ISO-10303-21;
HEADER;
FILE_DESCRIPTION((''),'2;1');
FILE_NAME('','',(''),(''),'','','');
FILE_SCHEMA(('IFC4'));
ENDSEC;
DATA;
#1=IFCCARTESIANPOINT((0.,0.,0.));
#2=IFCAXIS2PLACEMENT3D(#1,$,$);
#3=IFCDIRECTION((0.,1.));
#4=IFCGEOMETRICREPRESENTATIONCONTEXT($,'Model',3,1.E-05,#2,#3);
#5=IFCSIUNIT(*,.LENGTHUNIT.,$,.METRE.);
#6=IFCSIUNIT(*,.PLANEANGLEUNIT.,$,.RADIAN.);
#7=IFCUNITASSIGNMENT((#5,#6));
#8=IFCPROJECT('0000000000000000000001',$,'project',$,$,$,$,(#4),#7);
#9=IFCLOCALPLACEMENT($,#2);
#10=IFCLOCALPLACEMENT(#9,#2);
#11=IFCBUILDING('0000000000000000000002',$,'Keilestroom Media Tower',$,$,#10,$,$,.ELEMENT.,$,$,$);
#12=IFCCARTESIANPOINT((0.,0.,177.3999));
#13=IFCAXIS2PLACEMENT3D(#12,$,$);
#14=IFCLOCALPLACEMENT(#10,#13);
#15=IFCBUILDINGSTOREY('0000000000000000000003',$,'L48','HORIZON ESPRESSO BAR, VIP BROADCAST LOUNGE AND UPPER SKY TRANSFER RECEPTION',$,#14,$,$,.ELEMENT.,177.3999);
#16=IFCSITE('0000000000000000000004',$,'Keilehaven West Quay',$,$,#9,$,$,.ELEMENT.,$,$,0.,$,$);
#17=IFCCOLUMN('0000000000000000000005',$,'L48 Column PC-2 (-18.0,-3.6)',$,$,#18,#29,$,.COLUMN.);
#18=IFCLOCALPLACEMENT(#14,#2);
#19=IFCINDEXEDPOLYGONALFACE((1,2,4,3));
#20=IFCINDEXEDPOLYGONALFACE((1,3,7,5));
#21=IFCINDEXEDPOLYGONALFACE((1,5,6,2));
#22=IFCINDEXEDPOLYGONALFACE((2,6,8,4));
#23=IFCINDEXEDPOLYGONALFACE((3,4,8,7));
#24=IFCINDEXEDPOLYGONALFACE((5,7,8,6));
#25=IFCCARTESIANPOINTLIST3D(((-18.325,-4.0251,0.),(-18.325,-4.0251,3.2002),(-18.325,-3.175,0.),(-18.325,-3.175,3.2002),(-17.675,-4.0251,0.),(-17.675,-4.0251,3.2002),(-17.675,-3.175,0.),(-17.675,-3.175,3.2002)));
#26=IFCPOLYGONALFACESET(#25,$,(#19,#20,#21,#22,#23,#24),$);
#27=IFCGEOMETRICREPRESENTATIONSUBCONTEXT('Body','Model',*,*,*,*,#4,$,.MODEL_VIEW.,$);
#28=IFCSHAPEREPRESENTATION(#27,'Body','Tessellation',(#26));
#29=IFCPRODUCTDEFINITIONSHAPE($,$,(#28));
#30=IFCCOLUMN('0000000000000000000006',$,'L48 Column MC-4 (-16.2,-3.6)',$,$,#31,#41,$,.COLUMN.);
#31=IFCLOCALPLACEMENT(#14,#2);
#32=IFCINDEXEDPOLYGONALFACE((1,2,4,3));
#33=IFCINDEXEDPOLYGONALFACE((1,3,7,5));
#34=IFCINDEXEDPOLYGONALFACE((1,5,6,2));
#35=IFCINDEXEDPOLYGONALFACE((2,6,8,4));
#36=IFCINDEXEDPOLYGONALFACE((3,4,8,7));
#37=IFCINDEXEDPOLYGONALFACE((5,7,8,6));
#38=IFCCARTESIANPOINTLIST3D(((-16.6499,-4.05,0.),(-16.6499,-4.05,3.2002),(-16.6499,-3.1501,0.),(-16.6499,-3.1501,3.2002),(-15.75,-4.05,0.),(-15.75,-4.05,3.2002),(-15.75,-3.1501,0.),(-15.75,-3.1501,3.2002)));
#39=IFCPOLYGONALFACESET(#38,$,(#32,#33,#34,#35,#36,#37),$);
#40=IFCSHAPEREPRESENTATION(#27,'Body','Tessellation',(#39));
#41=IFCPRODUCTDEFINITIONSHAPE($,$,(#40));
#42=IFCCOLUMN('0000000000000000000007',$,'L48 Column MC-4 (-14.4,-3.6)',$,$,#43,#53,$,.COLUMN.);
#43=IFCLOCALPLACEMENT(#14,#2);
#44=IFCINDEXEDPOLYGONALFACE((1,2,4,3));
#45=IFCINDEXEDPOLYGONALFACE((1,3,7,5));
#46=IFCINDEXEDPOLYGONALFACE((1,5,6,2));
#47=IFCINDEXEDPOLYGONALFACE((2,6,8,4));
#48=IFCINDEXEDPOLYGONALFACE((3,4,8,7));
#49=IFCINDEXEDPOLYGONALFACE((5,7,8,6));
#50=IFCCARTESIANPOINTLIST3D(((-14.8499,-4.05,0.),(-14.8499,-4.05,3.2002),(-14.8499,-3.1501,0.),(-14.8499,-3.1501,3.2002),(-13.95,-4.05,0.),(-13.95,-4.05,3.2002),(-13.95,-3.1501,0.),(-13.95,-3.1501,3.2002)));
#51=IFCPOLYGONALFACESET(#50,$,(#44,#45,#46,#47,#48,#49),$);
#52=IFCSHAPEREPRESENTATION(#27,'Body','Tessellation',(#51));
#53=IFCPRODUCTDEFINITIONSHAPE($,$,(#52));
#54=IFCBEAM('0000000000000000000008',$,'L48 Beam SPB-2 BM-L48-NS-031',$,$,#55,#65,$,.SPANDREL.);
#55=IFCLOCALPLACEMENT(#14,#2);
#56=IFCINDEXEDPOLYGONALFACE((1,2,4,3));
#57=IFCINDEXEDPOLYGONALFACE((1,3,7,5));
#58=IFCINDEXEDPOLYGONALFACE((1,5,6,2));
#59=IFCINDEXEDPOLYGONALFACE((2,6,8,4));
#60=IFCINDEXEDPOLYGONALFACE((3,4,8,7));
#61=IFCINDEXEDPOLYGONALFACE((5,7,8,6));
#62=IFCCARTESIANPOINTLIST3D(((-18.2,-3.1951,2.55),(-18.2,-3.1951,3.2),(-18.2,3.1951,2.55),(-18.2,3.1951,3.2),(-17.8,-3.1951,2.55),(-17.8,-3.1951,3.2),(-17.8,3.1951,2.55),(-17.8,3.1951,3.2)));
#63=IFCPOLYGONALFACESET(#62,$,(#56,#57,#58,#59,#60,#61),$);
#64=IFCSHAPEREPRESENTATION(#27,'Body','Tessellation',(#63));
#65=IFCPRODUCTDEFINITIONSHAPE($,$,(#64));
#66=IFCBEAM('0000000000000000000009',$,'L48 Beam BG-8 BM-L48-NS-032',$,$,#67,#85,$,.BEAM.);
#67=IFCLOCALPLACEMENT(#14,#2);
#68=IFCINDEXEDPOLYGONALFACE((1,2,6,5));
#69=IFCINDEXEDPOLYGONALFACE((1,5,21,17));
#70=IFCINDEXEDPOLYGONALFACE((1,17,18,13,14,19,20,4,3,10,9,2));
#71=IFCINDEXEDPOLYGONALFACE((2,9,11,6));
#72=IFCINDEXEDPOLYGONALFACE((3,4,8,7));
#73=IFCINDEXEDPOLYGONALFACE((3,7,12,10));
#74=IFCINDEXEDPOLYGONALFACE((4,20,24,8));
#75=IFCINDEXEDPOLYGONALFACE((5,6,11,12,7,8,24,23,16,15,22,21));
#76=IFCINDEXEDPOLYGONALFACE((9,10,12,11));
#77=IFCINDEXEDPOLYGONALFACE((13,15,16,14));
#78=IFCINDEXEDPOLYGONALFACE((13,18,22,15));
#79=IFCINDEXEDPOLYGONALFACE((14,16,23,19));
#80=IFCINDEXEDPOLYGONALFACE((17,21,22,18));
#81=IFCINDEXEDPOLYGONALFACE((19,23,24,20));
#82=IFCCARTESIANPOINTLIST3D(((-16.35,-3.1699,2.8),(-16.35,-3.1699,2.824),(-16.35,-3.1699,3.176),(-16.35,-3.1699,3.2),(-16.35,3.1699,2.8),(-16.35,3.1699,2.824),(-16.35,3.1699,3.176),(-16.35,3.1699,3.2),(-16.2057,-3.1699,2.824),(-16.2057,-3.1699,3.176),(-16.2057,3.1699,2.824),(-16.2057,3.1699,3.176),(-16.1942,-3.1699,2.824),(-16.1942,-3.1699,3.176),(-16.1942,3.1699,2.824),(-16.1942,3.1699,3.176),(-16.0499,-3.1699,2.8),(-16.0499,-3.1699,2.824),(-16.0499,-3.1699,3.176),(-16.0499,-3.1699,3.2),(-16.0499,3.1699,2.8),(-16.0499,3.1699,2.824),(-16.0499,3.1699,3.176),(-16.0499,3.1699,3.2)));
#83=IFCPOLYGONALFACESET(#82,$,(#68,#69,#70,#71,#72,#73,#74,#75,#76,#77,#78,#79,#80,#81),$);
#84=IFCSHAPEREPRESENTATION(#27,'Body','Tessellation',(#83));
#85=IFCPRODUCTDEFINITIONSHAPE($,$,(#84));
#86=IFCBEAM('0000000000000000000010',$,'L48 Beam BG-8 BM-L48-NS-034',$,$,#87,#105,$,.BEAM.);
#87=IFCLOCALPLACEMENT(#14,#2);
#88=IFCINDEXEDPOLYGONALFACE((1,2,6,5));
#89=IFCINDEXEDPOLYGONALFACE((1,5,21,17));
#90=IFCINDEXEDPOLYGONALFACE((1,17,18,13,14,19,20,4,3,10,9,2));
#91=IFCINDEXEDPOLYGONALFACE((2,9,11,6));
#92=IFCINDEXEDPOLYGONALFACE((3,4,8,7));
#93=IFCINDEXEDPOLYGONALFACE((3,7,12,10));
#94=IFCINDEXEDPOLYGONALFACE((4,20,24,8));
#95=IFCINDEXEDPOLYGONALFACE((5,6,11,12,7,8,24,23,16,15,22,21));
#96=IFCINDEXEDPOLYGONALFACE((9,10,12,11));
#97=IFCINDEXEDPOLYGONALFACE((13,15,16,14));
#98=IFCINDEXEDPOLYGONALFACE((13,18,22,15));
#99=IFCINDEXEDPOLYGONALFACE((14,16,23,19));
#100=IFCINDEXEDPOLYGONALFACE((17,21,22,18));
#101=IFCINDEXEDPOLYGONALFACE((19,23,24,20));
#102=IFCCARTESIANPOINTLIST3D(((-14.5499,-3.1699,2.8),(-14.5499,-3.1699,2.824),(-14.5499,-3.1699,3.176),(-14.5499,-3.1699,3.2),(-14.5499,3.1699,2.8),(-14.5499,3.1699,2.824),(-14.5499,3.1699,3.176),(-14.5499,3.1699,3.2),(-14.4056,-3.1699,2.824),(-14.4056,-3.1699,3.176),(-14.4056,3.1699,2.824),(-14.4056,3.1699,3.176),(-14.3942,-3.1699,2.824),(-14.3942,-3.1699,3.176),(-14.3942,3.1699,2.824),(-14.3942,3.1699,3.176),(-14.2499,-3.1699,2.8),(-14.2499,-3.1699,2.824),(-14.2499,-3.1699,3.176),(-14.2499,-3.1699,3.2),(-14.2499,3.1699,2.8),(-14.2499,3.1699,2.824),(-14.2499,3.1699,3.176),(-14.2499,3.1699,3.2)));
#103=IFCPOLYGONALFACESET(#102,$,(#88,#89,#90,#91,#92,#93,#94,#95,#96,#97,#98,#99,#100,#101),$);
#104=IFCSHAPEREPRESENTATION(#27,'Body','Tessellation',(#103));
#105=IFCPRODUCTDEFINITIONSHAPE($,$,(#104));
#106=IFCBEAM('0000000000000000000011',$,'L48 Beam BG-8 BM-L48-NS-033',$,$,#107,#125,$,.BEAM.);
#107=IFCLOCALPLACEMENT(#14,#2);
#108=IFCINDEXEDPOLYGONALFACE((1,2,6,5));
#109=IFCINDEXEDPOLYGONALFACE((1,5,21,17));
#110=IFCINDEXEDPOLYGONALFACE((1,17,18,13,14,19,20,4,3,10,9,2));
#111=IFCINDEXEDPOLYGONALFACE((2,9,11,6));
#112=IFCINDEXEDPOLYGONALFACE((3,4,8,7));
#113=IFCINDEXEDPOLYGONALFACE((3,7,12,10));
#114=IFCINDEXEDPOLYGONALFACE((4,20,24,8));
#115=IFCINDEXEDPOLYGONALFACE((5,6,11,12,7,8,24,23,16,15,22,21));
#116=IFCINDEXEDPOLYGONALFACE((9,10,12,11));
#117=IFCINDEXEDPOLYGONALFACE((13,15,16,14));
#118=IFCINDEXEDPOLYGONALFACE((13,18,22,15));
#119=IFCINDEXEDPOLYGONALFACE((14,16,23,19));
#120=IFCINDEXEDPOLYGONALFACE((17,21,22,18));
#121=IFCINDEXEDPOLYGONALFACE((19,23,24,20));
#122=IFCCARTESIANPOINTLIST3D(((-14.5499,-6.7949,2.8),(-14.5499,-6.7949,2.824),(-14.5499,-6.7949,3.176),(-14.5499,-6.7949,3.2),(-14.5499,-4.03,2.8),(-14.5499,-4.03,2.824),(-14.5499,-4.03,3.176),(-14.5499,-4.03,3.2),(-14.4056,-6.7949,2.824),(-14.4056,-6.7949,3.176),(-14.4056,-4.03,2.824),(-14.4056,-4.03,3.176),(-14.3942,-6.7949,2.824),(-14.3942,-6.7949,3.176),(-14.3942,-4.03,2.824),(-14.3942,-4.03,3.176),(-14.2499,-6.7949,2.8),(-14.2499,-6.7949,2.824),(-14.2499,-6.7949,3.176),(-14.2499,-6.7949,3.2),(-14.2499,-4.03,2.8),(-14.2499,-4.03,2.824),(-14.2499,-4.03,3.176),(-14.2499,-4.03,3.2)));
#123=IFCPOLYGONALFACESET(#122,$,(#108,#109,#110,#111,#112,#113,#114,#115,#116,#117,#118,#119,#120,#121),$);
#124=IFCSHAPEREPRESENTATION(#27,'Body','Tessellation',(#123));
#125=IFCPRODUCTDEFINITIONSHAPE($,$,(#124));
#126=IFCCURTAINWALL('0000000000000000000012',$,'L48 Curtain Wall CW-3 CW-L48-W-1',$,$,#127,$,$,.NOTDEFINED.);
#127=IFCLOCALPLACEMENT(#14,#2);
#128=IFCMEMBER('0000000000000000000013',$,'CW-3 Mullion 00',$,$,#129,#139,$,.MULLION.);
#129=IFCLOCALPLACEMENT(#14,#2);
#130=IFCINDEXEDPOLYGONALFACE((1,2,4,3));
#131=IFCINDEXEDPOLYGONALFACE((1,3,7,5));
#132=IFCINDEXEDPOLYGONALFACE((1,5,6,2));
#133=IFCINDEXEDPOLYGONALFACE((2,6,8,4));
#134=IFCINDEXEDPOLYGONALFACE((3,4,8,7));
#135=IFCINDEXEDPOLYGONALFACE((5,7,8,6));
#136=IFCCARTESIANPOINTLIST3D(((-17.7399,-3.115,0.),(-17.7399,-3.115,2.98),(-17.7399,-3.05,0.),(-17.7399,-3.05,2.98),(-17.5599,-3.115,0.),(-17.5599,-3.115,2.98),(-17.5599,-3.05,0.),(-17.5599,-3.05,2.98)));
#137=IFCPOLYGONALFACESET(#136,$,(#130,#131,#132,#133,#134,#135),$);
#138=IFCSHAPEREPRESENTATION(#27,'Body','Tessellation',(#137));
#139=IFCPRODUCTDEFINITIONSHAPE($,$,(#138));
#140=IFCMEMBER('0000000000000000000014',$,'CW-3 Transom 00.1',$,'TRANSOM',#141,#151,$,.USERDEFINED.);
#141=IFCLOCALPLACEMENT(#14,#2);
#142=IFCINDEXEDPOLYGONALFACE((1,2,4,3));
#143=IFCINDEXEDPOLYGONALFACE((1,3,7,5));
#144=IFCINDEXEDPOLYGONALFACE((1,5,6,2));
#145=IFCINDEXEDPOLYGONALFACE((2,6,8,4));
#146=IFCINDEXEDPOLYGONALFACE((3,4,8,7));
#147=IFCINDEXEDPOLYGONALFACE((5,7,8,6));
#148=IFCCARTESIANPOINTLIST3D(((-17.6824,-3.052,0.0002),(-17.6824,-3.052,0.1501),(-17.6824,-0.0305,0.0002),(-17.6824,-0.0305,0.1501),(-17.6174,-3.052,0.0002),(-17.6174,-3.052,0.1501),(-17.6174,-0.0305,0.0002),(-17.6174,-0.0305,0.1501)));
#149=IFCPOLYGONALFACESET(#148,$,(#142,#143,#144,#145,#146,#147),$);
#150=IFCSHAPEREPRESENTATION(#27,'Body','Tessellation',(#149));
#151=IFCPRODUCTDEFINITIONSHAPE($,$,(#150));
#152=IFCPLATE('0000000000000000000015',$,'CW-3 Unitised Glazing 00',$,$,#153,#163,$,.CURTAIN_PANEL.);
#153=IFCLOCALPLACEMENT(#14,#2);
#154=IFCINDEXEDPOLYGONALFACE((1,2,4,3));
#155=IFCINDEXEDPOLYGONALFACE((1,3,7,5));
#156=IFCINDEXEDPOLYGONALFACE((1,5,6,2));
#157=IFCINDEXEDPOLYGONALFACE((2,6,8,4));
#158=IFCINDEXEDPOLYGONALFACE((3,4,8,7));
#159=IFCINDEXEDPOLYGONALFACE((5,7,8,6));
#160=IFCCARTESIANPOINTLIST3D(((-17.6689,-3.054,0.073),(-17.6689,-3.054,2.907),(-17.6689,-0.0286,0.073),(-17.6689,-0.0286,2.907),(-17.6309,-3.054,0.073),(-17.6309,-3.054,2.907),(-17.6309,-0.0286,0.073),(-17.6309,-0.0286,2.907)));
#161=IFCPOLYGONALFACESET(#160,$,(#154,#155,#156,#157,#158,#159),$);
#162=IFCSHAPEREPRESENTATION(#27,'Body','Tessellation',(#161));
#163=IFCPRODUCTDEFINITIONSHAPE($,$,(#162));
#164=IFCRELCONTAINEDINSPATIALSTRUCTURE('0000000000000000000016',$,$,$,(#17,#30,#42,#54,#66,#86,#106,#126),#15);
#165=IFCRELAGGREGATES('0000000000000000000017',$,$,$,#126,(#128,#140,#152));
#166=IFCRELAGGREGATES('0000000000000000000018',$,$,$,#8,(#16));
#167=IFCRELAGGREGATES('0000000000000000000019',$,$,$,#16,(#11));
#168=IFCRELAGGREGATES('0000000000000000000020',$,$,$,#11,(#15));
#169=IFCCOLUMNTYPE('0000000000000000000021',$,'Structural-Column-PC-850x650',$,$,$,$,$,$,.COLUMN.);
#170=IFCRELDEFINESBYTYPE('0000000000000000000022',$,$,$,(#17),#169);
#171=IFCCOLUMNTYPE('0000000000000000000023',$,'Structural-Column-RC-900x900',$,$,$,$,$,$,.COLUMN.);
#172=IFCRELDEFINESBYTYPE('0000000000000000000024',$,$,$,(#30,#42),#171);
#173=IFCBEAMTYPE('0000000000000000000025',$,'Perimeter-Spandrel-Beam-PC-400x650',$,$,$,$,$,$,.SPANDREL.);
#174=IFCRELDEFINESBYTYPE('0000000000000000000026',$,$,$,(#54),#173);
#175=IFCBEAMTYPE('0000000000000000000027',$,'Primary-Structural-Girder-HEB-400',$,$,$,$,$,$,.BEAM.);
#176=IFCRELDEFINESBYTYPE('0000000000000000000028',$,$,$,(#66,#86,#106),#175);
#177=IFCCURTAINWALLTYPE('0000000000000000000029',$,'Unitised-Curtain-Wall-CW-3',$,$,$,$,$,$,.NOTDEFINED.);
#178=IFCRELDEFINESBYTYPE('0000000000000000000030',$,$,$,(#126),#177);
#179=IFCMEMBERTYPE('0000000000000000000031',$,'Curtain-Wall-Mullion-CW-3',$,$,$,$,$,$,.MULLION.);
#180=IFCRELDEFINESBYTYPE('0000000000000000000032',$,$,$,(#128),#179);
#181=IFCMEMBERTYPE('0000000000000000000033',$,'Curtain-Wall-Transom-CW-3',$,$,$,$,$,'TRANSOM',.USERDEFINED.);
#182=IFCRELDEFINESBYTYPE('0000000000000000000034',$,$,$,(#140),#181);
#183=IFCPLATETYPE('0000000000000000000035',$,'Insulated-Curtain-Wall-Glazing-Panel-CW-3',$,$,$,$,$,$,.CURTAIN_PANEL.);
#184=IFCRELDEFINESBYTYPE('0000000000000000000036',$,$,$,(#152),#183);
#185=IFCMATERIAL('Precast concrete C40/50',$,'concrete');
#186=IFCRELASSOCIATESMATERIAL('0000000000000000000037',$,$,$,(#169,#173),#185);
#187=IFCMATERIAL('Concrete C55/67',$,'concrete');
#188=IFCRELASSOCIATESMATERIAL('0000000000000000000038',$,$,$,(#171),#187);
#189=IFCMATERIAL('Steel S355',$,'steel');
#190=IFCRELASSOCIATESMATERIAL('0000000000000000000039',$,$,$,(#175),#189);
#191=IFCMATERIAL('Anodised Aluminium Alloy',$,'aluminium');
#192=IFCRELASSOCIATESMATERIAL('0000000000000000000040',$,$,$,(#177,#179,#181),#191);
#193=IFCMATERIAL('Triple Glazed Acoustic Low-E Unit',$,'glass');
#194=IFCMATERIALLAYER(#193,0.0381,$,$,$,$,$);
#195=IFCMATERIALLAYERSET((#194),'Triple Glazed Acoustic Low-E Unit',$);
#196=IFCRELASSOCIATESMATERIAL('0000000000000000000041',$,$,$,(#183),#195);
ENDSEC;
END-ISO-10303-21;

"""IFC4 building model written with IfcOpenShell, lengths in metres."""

from ifc_helpers import new_model, si_unit, direction, frame, origin, origin_2d, place, context, subcontext, project, spatial, rectangle, i_section, extrude, source, transform, mapped, material, layer, layer_set, material_profile, profile_set, type_object, element, aggregate, save


model = new_model("IFC4")

# Units and contexts
model_context = context("Model", 3, precision=1e-05, world=origin(), true_north=direction((0.0, 1.0)))
body_context = subcontext(model_context, "Body", "Model", "MODEL_VIEW")
ifc_project = project(units=[si_unit("LENGTHUNIT", "METRE"), si_unit("PLANEANGLEUNIT", "RADIAN")], contexts=[model_context])

# Site, building, storey
site_placement = place(None, origin())
site = spatial("IfcSite", under=ifc_project, at=site_placement, Name="Keilehaven West Quay", CompositionType="ELEMENT", RefElevation=0.0)
building_placement = place(site_placement, origin())
building = spatial("IfcBuilding", under=site, at=building_placement, Name="Keilestroom Media Tower", CompositionType="ELEMENT")
storey_placement = place(building_placement, frame((0.0, 0.0, 177.3999)))
storey = spatial("IfcBuildingStorey", under=building, at=storey_placement, Name="L48", Description="HORIZON ESPRESSO BAR, VIP BROADCAST LOUNGE AND UPPER SKY TRANSFER RECEPTION", CompositionType="ELEMENT", Elevation=177.3999)

# Columns
ifc_material_1 = material(Name="Precast concrete C40/50", Category="concrete")
ifc_material_profile_1 = material_profile(ifc_material_1, rectangle(XDim=0.6499, YDim=0.8501, at=origin_2d()), Name="PC 850x650")
ifc_profile_set_1 = profile_set([ifc_material_profile_1], Name="Precast concrete C40/50")
column_type_1 = type_object("IfcColumnType", Name="Structural-Column-PC-850x650", PredefinedType="COLUMN", material=ifc_profile_set_1)
shared_shape_1 = source(origin(), body_context, "Body", "SweptSolid", [
    extrude(rectangle(XDim=0.6499, YDim=0.8501, at=origin_2d()), origin(), (0.0, 0.0, 1.0), 3.2002),
])
column_placement = place(storey_placement, frame((-18.0, -3.6001, 0.0), z_axis=(0.0, 0.0, 1.0), x_axis=(1.0, 0.0, 0.0)))
element("IfcColumn", 1, at=column_placement, inside=storey, type_object=column_type_1, Name="L48 Column PC-2 (-18.0,-3.6)", PredefinedType="COLUMN", context=body_context, shape_type="MappedRepresentation", body=[
    mapped(shared_shape_1, transform((0.0, 0.0, 0.0), x_axis=(1.0, 0.0, 0.0), y_axis=(0.0, 1.0, 0.0), z_axis=(0.0, 0.0, 1.0), scale=1.0)),
])
ifc_material_2 = material(Name="Concrete C55/67", Category="concrete")
ifc_material_profile_2 = material_profile(ifc_material_2, rectangle(XDim=0.8999, YDim=0.8999, at=origin_2d()), Name="RC 900x900")
ifc_profile_set_2 = profile_set([ifc_material_profile_2], Name="Concrete C55/67")
column_type_2 = type_object("IfcColumnType", Name="Structural-Column-RC-900x900", PredefinedType="COLUMN", material=ifc_profile_set_2)
shared_shape_2 = source(origin(), body_context, "Body", "SweptSolid", [
    extrude(rectangle(XDim=0.8999, YDim=0.8999, at=origin_2d()), origin(), (0.0, 0.0, 1.0), 3.2002),
])
for number, where, z_axis, x_axis, name in (
    (2, (-16.2, -3.6001, 0.0), (0.0, 0.0, 1.0), (1.0, 0.0, 0.0), "L48 Column MC-4 (-16.2,-3.6)"),
    (3, (-14.3999, -3.6001, 0.0), (0.0, 0.0, 1.0), (1.0, 0.0, 0.0), "L48 Column MC-4 (-14.4,-3.6)"),
):
    element("IfcColumn", number, at=place(storey_placement, frame(where, z_axis=z_axis, x_axis=x_axis)), inside=storey, type_object=column_type_2, Name=name, PredefinedType="COLUMN", context=body_context, shape_type="MappedRepresentation", body=[
        mapped(shared_shape_2, transform((0.0, 0.0, 0.0), x_axis=(1.0, 0.0, 0.0), y_axis=(0.0, 1.0, 0.0), z_axis=(0.0, 0.0, 1.0), scale=1.0)),
    ])

# Beams
ifc_material_profile_3 = material_profile(ifc_material_1, rectangle(XDim=0.3999, YDim=0.6499, at=origin_2d()), Name="PC 400x650")
ifc_profile_set_3 = profile_set([ifc_material_profile_3], Name="Precast concrete C40/50")
beam_type_1 = type_object("IfcBeamType", Name="Perimeter-Spandrel-Beam-PC-400x650", PredefinedType="SPANDREL", material=ifc_profile_set_3)
shared_shape_3 = source(origin(), body_context, "Body", "SweptSolid", [
    extrude(rectangle(XDim=0.3999, YDim=0.6499, at=origin_2d()), origin(), (0.0, 0.0, 1.0), 6.3901),
])
beam_1_placement = place(storey_placement, frame((-18.0, -3.1951, 2.875), z_axis=(0.0, 1.0, 0.0), x_axis=(-1.0, 0.0, 0.0)))
element("IfcBeam", 4, at=beam_1_placement, inside=storey, type_object=beam_type_1, Name="L48 Beam SPB-2 BM-L48-NS-031", PredefinedType="SPANDREL", context=body_context, shape_type="MappedRepresentation", body=[
    mapped(shared_shape_3, transform((0.0, 0.0, 0.0), x_axis=(1.0, 0.0, 0.0), y_axis=(0.0, 1.0, 0.0), z_axis=(0.0, 0.0, 1.0), scale=1.0)),
])
ifc_material_3 = material(Name="Steel S355", Category="steel")
ifc_material_profile_4 = material_profile(ifc_material_3, i_section(OverallWidth=0.3, OverallDepth=0.3999, WebThickness=0.0115, FlangeThickness=0.0239, at=origin_2d()), Name="HEB 400")
ifc_profile_set_4 = profile_set([ifc_material_profile_4], Name="Steel S355")
beam_type_2 = type_object("IfcBeamType", Name="Primary-Structural-Girder-HEB-400", PredefinedType="BEAM", material=ifc_profile_set_4)
shared_shape_4 = source(origin(), body_context, "Body", "SweptSolid", [
    extrude(i_section(OverallWidth=0.3, OverallDepth=0.3999, WebThickness=0.0115, FlangeThickness=0.0239, at=origin_2d()), origin(), (0.0, 0.0, 1.0), 6.3398),
])
for number, where, z_axis, x_axis, name in (
    (5, (-16.2, -3.1699, 3.0), (0.0, 1.0, 0.0), (-1.0, 0.0, 0.0), "L48 Beam BG-8 BM-L48-NS-032"),
    (6, (-14.3999, -3.1699, 3.0), (0.0, 1.0, 0.0), (-1.0, 0.0, 0.0), "L48 Beam BG-8 BM-L48-NS-034"),
):
    element("IfcBeam", number, at=place(storey_placement, frame(where, z_axis=z_axis, x_axis=x_axis)), inside=storey, type_object=beam_type_2, Name=name, PredefinedType="BEAM", context=body_context, shape_type="MappedRepresentation", body=[
        mapped(shared_shape_4, transform((0.0, 0.0, 0.0), x_axis=(1.0, 0.0, 0.0), y_axis=(0.0, 1.0, 0.0), z_axis=(0.0, 0.0, 1.0), scale=1.0)),
    ])
shared_shape_5 = source(origin(), body_context, "Body", "SweptSolid", [
    extrude(i_section(OverallWidth=0.3, OverallDepth=0.3999, WebThickness=0.0115, FlangeThickness=0.0239, at=origin_2d()), origin(), (0.0, 0.0, 1.0), 2.7649),
])
beam_2_placement = place(storey_placement, frame((-14.3999, -6.7949, 3.0), z_axis=(0.0, 1.0, 0.0), x_axis=(-1.0, 0.0, 0.0)))
element("IfcBeam", 7, at=beam_2_placement, inside=storey, type_object=beam_type_2, Name="L48 Beam BG-8 BM-L48-NS-033", PredefinedType="BEAM", context=body_context, shape_type="MappedRepresentation", body=[
    mapped(shared_shape_5, transform((0.0, 0.0, 0.0), x_axis=(1.0, 0.0, 0.0), y_axis=(0.0, 1.0, 0.0), z_axis=(0.0, 0.0, 1.0), scale=1.0)),
])

# Curtain wall, members, plate
ifc_material_4 = material(Name="Anodised Aluminium Alloy", Category="aluminium")
curtain_wall_type = type_object("IfcCurtainWallType", Name="Unitised-Curtain-Wall-CW-3", PredefinedType="NOTDEFINED", material=ifc_material_4)
curtain_wall_placement = place(storey_placement, origin())
curtain_wall = element("IfcCurtainWall", 8, at=curtain_wall_placement, inside=storey, type_object=curtain_wall_type, Name="L48 Curtain Wall CW-3 CW-L48-W-1", PredefinedType="NOTDEFINED")
ifc_material_profile_5 = material_profile(ifc_material_4, rectangle(XDim=0.0649, YDim=0.1799, at=origin_2d()), Name="ALU MULLION 65x180")
ifc_profile_set_5 = profile_set([ifc_material_profile_5], Name="Anodised Aluminium Alloy")
member_type_1 = type_object("IfcMemberType", Name="Curtain-Wall-Mullion-CW-3", PredefinedType="MULLION", material=ifc_profile_set_5)
shared_shape_6 = source(origin(), body_context, "Body", "SweptSolid", [
    extrude(rectangle(XDim=0.0649, YDim=0.1799, at=origin_2d()), origin(), (0.0, 0.0, 1.0), 2.98),
])
member_1_placement = place(storey_placement, frame((-17.6499, -3.0825, 0.0), z_axis=(0.0, 0.0, 1.0), x_axis=(0.0, 1.0, 0.0)))
member_1 = element("IfcMember", 9, at=member_1_placement, type_object=member_type_1, Name="CW-3 Mullion 00", PredefinedType="MULLION", context=body_context, shape_type="MappedRepresentation", body=[
    mapped(shared_shape_6, transform((0.0, 0.0, 0.0), x_axis=(1.0, 0.0, 0.0), y_axis=(0.0, 1.0, 0.0), z_axis=(0.0, 0.0, 1.0), scale=1.0)),
])
ifc_material_profile_6 = material_profile(ifc_material_4, rectangle(XDim=0.0649, YDim=0.1499, at=origin_2d()), Name="ALU TRANSOM 65x150")
ifc_profile_set_6 = profile_set([ifc_material_profile_6], Name="Anodised Aluminium Alloy")
member_type_2 = type_object("IfcMemberType", Name="Curtain-Wall-Transom-CW-3", ElementType="TRANSOM", PredefinedType="USERDEFINED", material=ifc_profile_set_6)
shared_shape_7 = source(origin(), body_context, "Body", "SweptSolid", [
    extrude(rectangle(XDim=0.0649, YDim=0.1499, at=origin_2d()), origin(), (0.0, 0.0, 1.0), 3.0215),
])
member_2_placement = place(storey_placement, frame((-17.6499, -3.052, 0.0752), z_axis=(0.0, 1.0, 0.0), x_axis=(-1.0, 0.0, 0.0)))
member_2 = element("IfcMember", 10, at=member_2_placement, type_object=member_type_2, Name="CW-3 Transom 00.1", ObjectType="TRANSOM", PredefinedType="USERDEFINED", context=body_context, shape_type="MappedRepresentation", body=[
    mapped(shared_shape_7, transform((0.0, 0.0, 0.0), x_axis=(1.0, 0.0, 0.0), y_axis=(0.0, 1.0, 0.0), z_axis=(0.0, 0.0, 1.0), scale=1.0)),
])
ifc_material_5 = material(Name="Triple Glazed Acoustic Low-E Unit", Category="glass")
ifc_layer_1 = layer(ifc_material_5, 0.0381)
ifc_layer_set_1 = layer_set([ifc_layer_1], Name="Triple Glazed Acoustic Low-E Unit")
plate_type = type_object("IfcPlateType", Name="Insulated-Curtain-Wall-Glazing-Panel-CW-3", PredefinedType="CURTAIN_PANEL", material=ifc_layer_set_1)
shared_shape_8 = source(origin(), body_context, "Body", "SweptSolid", [
    extrude(rectangle(XDim=3.0254, YDim=0.0381, at=origin_2d()), origin(), (0.0, 0.0, 1.0), 2.834),
])
plate_placement = place(storey_placement, frame((-17.6499, -1.5413, 0.073), z_axis=(0.0, 0.0, 1.0), x_axis=(0.0, 1.0, 0.0)))
plate = element("IfcPlate", 11, at=plate_placement, type_object=plate_type, Name="CW-3 Unitised Glazing 00", PredefinedType="CURTAIN_PANEL", context=body_context, shape_type="MappedRepresentation", body=[
    mapped(shared_shape_8, transform((0.0, 0.0, 0.0), x_axis=(1.0, 0.0, 0.0), y_axis=(0.0, 1.0, 0.0), z_axis=(0.0, 0.0, 1.0), scale=1.0)),
])
aggregate(curtain_wall, [member_1, member_2, plate])

save(model, "model.ifc")
